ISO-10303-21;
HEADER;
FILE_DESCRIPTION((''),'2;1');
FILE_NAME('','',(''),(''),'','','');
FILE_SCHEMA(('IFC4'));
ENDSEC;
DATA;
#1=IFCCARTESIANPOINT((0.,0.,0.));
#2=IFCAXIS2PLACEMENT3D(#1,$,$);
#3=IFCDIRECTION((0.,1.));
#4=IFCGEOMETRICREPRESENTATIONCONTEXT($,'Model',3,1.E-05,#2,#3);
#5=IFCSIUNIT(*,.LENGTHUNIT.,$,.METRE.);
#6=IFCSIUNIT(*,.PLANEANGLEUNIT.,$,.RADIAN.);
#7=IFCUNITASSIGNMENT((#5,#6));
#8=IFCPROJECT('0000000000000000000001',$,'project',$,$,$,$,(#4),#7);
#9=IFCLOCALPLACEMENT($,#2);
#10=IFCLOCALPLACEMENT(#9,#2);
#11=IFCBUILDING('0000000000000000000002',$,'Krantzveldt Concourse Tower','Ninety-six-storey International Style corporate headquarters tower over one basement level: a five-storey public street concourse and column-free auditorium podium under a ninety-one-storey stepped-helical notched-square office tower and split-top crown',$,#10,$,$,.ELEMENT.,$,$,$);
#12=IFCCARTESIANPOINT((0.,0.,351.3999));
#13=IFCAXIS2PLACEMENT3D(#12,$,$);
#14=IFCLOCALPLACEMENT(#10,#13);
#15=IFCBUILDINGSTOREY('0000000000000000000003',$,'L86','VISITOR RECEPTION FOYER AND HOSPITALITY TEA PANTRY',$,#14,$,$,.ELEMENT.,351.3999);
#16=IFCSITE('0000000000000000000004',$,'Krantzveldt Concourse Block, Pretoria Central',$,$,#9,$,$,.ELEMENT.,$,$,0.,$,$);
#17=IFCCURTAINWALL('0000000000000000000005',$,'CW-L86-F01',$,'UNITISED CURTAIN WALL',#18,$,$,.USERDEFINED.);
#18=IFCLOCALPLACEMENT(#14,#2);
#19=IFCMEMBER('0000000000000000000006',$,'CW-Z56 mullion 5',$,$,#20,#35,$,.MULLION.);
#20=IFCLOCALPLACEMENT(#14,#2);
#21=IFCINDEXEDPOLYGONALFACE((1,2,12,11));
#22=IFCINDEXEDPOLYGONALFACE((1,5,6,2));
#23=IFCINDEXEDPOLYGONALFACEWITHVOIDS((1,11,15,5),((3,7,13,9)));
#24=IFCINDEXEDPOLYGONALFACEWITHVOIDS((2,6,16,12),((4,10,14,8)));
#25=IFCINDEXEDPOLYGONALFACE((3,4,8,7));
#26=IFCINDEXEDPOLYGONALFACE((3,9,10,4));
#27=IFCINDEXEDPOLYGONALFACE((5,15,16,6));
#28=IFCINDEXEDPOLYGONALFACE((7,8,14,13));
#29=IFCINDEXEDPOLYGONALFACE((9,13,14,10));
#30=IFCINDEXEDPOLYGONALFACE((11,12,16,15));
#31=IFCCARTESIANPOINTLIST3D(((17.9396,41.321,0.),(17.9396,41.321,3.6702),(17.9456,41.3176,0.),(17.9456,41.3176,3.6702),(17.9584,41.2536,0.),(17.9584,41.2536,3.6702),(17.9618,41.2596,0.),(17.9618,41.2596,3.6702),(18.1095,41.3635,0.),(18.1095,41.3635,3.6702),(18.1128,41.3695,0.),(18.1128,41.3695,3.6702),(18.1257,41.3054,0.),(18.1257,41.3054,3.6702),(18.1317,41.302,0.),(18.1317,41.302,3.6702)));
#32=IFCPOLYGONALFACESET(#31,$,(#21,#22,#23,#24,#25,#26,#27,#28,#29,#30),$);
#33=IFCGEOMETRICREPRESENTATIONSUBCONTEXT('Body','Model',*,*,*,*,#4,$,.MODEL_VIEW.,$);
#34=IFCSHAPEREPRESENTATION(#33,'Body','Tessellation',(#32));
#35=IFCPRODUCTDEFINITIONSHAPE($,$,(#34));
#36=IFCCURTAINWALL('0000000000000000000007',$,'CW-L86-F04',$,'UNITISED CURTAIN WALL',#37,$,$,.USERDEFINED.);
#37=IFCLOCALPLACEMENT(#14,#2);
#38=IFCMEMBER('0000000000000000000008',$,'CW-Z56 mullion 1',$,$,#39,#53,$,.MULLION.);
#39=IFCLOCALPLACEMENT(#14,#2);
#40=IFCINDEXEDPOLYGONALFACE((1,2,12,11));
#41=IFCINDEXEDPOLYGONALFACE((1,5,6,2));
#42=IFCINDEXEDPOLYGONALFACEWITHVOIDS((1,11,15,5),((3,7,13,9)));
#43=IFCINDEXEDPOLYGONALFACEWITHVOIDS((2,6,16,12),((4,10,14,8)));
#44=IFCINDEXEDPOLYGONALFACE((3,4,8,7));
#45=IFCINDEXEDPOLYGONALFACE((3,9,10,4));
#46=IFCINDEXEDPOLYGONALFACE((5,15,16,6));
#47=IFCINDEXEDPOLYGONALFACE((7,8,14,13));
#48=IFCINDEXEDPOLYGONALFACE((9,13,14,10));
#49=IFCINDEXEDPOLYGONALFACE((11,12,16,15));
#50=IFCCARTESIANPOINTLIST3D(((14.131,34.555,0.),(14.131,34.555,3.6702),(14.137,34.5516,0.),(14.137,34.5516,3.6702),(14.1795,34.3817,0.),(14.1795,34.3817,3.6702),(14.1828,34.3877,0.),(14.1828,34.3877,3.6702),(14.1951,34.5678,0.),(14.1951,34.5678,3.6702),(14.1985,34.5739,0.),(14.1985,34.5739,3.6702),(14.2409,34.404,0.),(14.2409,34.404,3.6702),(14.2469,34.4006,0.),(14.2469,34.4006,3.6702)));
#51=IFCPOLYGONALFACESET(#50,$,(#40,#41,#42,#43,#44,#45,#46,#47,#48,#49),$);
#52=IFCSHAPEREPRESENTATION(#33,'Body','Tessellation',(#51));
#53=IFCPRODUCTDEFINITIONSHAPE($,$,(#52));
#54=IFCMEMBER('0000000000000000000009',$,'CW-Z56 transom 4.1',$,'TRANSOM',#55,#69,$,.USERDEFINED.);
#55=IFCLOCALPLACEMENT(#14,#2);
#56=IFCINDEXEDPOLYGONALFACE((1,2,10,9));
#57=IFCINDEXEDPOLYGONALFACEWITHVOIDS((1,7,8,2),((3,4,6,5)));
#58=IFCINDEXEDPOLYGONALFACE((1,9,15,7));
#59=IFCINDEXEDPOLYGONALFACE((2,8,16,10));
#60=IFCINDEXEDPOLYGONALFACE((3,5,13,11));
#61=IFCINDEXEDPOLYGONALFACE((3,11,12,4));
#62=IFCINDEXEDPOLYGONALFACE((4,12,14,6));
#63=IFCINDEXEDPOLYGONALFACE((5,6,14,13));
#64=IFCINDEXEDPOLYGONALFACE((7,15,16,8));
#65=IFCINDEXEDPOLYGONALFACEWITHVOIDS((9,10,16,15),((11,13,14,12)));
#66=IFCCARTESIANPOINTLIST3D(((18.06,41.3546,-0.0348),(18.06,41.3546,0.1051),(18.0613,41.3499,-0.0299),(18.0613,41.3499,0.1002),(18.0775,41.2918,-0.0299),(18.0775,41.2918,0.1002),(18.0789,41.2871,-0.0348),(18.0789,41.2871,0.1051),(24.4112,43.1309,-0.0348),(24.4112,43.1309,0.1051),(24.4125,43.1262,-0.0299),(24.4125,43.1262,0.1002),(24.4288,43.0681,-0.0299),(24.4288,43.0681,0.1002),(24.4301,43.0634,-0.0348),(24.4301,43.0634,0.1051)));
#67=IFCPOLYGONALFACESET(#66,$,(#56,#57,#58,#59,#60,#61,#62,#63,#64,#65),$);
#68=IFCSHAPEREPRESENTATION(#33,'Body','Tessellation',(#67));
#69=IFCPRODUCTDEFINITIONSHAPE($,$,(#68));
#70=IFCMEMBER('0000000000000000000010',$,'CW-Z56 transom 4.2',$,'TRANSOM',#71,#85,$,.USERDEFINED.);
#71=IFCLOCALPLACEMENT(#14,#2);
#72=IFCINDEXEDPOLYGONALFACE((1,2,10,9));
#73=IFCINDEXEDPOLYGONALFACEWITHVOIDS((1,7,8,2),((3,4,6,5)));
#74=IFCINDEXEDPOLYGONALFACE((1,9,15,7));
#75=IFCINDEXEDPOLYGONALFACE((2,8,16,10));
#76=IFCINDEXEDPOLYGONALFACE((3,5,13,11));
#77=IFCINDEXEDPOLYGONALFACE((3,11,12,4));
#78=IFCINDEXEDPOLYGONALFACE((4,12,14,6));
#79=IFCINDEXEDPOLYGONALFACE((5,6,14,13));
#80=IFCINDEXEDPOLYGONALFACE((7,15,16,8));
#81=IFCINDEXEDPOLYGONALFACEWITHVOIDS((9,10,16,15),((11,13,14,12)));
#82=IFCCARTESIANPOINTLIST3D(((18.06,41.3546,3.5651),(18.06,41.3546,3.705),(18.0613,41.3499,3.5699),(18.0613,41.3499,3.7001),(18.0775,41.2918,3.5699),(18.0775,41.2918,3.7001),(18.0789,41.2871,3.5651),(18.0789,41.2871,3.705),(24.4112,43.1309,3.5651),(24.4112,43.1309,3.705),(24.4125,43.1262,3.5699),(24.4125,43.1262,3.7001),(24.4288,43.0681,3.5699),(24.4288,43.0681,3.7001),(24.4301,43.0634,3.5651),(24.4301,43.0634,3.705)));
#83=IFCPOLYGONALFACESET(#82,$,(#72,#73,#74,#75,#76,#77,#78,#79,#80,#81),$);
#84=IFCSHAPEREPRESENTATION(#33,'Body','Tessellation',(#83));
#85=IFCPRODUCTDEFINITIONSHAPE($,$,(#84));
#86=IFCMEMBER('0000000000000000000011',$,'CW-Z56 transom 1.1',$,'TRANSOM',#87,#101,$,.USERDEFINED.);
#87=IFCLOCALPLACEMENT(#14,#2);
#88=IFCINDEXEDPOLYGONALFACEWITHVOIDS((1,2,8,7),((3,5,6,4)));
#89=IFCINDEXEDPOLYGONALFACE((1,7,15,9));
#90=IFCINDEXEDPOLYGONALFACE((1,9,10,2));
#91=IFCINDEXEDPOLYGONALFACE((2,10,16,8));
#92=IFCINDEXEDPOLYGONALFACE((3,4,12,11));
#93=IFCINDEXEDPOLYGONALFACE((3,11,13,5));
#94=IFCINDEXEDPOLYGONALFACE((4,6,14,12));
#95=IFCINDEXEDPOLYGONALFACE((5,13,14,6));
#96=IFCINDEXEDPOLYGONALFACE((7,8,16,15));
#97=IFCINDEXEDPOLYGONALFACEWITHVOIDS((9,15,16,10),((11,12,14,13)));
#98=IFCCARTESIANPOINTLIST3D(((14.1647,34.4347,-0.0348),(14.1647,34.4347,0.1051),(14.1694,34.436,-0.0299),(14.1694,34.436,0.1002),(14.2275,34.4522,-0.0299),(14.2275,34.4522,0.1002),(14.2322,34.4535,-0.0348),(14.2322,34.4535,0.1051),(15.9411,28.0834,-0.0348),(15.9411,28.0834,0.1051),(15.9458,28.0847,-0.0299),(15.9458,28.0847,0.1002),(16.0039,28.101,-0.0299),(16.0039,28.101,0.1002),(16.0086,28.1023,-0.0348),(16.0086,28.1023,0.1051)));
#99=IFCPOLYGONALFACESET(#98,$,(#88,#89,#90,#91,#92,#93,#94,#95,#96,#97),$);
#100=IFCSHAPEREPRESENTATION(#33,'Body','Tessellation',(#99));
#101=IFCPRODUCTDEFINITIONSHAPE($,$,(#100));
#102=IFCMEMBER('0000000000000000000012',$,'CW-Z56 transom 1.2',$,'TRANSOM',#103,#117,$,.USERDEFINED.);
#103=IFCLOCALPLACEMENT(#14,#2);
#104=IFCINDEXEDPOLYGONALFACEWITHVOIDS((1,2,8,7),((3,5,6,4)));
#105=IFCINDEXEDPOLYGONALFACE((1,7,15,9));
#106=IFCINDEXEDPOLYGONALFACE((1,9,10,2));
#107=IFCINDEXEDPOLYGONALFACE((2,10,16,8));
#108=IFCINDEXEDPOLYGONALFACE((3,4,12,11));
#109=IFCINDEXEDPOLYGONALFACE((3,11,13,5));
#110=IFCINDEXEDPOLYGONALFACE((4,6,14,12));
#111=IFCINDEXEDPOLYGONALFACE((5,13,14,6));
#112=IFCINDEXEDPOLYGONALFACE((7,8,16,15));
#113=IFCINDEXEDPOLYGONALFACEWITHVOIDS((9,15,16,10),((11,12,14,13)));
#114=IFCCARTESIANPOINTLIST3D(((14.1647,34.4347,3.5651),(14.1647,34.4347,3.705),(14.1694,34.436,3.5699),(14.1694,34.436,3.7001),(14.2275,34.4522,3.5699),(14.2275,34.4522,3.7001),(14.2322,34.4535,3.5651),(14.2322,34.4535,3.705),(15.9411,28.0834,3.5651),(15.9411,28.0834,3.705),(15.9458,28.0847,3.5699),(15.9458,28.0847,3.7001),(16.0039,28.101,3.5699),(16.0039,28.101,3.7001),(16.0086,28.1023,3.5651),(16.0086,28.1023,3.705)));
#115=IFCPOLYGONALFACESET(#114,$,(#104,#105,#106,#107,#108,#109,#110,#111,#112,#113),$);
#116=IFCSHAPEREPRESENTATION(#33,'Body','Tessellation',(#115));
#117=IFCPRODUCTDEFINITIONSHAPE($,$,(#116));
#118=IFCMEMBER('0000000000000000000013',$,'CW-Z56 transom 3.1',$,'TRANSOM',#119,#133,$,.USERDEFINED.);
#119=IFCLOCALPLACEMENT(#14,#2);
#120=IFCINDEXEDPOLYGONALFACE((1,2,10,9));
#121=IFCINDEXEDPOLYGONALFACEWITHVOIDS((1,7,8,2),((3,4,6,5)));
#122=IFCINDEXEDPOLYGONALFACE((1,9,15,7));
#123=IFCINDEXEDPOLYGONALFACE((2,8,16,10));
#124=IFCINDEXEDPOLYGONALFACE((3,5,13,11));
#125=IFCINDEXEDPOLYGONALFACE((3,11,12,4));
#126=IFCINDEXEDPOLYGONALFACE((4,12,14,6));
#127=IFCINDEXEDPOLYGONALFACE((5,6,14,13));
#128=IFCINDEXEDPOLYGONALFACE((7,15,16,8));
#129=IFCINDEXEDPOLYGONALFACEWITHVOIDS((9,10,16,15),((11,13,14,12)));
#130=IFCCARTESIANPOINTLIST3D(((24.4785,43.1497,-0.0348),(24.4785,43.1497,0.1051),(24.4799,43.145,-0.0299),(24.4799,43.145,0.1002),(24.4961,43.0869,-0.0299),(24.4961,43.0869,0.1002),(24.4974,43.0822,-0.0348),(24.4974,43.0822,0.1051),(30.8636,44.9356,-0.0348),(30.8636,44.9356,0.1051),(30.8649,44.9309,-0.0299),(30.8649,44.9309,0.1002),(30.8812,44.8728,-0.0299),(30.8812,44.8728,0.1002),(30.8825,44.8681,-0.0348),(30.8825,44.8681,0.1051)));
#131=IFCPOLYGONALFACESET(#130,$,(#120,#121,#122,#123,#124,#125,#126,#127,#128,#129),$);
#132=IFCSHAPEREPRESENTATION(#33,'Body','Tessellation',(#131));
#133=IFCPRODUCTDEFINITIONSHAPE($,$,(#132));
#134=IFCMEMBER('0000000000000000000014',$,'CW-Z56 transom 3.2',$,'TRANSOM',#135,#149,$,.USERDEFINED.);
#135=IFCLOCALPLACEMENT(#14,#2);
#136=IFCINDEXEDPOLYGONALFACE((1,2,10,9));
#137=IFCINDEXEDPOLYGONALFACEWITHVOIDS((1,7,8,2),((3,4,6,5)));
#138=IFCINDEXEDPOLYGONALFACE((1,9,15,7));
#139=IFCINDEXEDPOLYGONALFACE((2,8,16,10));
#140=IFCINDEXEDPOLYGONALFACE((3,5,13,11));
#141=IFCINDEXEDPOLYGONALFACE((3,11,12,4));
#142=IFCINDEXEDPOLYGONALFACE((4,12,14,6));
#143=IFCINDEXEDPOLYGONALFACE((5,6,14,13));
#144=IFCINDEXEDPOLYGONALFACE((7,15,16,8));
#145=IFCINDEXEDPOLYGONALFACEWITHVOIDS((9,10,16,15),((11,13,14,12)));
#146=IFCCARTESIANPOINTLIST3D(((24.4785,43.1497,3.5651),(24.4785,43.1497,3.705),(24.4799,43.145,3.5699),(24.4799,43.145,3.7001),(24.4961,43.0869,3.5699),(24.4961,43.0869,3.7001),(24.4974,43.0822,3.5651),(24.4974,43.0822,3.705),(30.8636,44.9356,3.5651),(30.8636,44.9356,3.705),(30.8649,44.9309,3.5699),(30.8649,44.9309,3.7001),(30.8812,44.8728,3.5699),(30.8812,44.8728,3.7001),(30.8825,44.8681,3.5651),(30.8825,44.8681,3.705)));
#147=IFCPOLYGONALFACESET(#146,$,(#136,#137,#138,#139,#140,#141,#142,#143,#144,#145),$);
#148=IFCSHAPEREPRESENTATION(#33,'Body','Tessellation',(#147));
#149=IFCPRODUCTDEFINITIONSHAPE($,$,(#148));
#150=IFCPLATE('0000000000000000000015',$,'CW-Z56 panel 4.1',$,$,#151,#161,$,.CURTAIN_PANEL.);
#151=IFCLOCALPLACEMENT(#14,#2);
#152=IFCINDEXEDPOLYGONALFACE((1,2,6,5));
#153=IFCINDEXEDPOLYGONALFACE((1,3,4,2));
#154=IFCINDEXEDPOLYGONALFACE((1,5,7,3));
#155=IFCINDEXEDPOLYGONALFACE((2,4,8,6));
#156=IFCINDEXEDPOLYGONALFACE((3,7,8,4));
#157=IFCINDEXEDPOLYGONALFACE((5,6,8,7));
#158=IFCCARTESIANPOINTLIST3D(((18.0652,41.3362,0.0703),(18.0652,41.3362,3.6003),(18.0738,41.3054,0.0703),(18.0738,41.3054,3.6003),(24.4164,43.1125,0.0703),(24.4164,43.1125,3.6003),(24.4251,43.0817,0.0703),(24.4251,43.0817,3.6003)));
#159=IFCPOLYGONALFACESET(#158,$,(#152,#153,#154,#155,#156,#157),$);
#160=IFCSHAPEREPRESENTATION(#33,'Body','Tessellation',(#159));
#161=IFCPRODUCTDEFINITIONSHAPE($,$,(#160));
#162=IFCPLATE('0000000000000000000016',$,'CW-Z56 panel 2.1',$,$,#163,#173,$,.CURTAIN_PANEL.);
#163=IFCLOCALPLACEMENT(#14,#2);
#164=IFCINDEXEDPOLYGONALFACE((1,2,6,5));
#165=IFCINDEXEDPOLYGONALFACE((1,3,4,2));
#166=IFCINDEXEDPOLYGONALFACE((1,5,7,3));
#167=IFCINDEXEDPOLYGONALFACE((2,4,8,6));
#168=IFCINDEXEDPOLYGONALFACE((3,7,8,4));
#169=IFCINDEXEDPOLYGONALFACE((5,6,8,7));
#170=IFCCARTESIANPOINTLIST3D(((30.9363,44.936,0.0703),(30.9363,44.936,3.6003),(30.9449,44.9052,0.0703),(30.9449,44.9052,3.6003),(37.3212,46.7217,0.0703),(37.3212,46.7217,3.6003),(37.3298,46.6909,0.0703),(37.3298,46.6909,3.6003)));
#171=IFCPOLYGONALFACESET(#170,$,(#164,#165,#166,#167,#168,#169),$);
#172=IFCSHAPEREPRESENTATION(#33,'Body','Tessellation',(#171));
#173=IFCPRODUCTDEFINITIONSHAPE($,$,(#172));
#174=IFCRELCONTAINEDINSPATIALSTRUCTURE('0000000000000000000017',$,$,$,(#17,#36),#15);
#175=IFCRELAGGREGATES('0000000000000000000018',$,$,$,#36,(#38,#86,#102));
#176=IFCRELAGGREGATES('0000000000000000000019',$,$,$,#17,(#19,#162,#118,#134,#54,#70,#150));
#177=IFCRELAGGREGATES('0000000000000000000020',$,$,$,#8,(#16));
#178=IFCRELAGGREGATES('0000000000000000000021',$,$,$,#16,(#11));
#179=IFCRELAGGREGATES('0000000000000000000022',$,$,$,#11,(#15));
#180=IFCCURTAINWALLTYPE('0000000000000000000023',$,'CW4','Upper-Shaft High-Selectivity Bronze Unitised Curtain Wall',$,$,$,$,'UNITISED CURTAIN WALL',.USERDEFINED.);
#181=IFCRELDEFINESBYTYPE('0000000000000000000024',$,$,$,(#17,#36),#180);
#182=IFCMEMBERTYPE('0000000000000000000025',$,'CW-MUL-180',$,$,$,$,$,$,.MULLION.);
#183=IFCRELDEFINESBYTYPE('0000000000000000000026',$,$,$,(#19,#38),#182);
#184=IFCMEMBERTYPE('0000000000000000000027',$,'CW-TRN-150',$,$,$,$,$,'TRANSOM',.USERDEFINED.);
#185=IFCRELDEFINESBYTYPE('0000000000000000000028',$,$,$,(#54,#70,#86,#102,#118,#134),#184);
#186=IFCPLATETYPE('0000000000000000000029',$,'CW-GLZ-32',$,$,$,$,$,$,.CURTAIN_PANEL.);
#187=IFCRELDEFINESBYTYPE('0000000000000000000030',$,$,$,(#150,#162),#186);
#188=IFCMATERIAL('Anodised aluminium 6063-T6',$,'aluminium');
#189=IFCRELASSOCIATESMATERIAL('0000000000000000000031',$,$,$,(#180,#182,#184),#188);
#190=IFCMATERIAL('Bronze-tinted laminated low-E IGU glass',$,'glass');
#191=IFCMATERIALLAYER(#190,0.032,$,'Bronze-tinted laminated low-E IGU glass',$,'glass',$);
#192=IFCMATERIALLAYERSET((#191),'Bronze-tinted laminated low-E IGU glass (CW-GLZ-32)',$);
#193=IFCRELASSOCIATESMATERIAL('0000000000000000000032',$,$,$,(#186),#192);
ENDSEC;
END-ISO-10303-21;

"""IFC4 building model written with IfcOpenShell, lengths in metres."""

from ifc_helpers import new_model, si_unit, direction, frame, origin, origin_2d, place, context, subcontext, project, spatial, rectangle, hollow_rectangle, extrude, source, transform, mapped, material, layer, layer_set, material_profile, profile_set, type_object, type_shapes, element, aggregate, save


model = new_model("IFC4")

# Units and contexts
model_context = context("Model", 3, precision=1e-05, world=origin(), true_north=direction((0.0, 1.0)))
body_context = subcontext(model_context, "Body", "Model", "MODEL_VIEW")
ifc_project = project(units=[si_unit("LENGTHUNIT", "METRE"), si_unit("PLANEANGLEUNIT", "RADIAN")], contexts=[model_context])

# Site, building, storey
site_placement = place(None, origin())
site = spatial("IfcSite", under=ifc_project, at=site_placement, Name="Krantzveldt Concourse Block, Pretoria Central", CompositionType="ELEMENT", RefElevation=0.0)
building_placement = place(site_placement, origin())
building = spatial("IfcBuilding", under=site, at=building_placement, Name="Krantzveldt Concourse Tower", Description="Ninety-six-storey International Style corporate headquarters tower over one basement level: a five-storey public street concourse and column-free auditorium podium under a ninety-one-storey stepped-helical notched-square office tower and split-top crown", CompositionType="ELEMENT")
storey_placement = place(building_placement, frame((0.0, 0.0, 351.3999)))
storey = spatial("IfcBuildingStorey", under=building, at=storey_placement, Name="L86", Description="VISITOR RECEPTION FOYER AND HOSPITALITY TEA PANTRY", CompositionType="ELEMENT", Elevation=351.3999)

# Curtain wall, member
ifc_material_1 = material(Name="Anodised aluminium 6063-T6", Category="aluminium")
curtain_wall_type = type_object("IfcCurtainWallType", Name="CW4", Description="Upper-Shaft High-Selectivity Bronze Unitised Curtain Wall", ElementType="UNITISED CURTAIN WALL", PredefinedType="USERDEFINED", material=ifc_material_1)
curtain_wall_1_placement = place(storey_placement, origin())
curtain_wall_1 = element("IfcCurtainWall", 1, at=curtain_wall_1_placement, inside=storey, type_object=curtain_wall_type, Name="CW-L86-F01", ObjectType="UNITISED CURTAIN WALL", PredefinedType="USERDEFINED")
ifc_material_profile_1 = material_profile(ifc_material_1, hollow_rectangle(XDim=0.0701, YDim=0.1799, WallThickness=0.0049, at=origin_2d()), Name="Anodised aluminium 6063-T6", Category="aluminium")
ifc_profile_set_1 = profile_set([ifc_material_profile_1], Name="Anodised aluminium 6063-T6 - ALU-MULL 180x70x5")
member_type_1 = type_object("IfcMemberType", Name="CW-MUL-180", PredefinedType="MULLION", material=ifc_profile_set_1)
shared_shape_1 = source(origin(), body_context, "Body", "SweptSolid", [
    extrude(hollow_rectangle(XDim=0.0701, YDim=0.1799, WallThickness=0.0049, at=origin_2d()), origin(), (0.0, 0.0, 1.0), 3.6702),
])
type_shapes(member_type_1, [shared_shape_1])
member_1_placement = place(storey_placement, frame((18.0356, 41.3115, 0.0), z_axis=(0.0, 0.0, 1.0), x_axis=(0.26934, -0.963045, 0.0)))
member_1 = element("IfcMember", 2, at=member_1_placement, type_object=member_type_1, Name="CW-Z56 mullion 5", PredefinedType="MULLION", context=body_context, shape_type="MappedRepresentation", body=[
    mapped(shared_shape_1, transform((0.0, 0.0, 0.0), x_axis=(1.0, 0.0, 0.0), y_axis=(0.0, 1.0, 0.0), z_axis=(0.0, 0.0, 1.0), scale=1.0)),
])

# Curtain wall, member
curtain_wall_2_placement = place(storey_placement, origin())
curtain_wall_2 = element("IfcCurtainWall", 3, at=curtain_wall_2_placement, inside=storey, type_object=curtain_wall_type, Name="CW-L86-F04", ObjectType="UNITISED CURTAIN WALL", PredefinedType="USERDEFINED")
member_2_placement = place(storey_placement, frame((14.189, 34.4778, 0.0), z_axis=(0.0, 0.0, 1.0), x_axis=(0.963045, 0.26934, 0.0)))
member_2 = element("IfcMember", 4, at=member_2_placement, type_object=member_type_1, Name="CW-Z56 mullion 1", PredefinedType="MULLION", context=body_context, shape_type="MappedRepresentation", body=[
    mapped(shared_shape_1, transform((0.0, 0.0, 0.0), x_axis=(1.0, 0.0, 0.0), y_axis=(0.0, 1.0, 0.0), z_axis=(0.0, 0.0, 1.0), scale=1.0)),
])

# Members
ifc_material_profile_2 = material_profile(ifc_material_1, hollow_rectangle(XDim=0.0701, YDim=0.1399, WallThickness=0.0049, at=origin_2d()), Name="Anodised aluminium 6063-T6", Category="aluminium")
ifc_profile_set_2 = profile_set([ifc_material_profile_2], Name="Anodised aluminium 6063-T6 - ALU-TRAN 140x70x5")
member_type_2 = type_object("IfcMemberType", Name="CW-TRN-150", ElementType="TRANSOM", PredefinedType="USERDEFINED", material=ifc_profile_set_2)
shared_shape_2 = source(origin(), body_context, "Body", "SweptSolid", [
    extrude(hollow_rectangle(XDim=0.0701, YDim=0.1399, WallThickness=0.0049, at=origin_2d()), origin(), (0.0, 0.0, 1.0), 6.595),
])
member_3_placement = place(storey_placement, frame((24.4207, 43.0972, 0.0352), z_axis=(-0.963043, -0.269348, 0.0), x_axis=(0.269348, -0.963043, 0.0)))
member_3 = element("IfcMember", 5, at=member_3_placement, type_object=member_type_2, Name="CW-Z56 transom 4.1", ObjectType="TRANSOM", PredefinedType="USERDEFINED", context=body_context, shape_type="MappedRepresentation", body=[
    mapped(shared_shape_2, transform((0.0, 0.0, 0.0), x_axis=(1.0, 0.0, 0.0), y_axis=(0.0, 1.0, 0.0), z_axis=(0.0, 0.0, 1.0), scale=1.0)),
])
member_4_placement = place(storey_placement, frame((24.4207, 43.0972, 3.635), z_axis=(-0.963043, -0.269348, 0.0), x_axis=(0.269348, -0.963043, 0.0)))
member_4 = element("IfcMember", 6, at=member_4_placement, type_object=member_type_2, Name="CW-Z56 transom 4.2", ObjectType="TRANSOM", PredefinedType="USERDEFINED", context=body_context, shape_type="MappedRepresentation", body=[
    mapped(shared_shape_2, transform((0.0, 0.0, 0.0), x_axis=(1.0, 0.0, 0.0), y_axis=(0.0, 1.0, 0.0), z_axis=(0.0, 0.0, 1.0), scale=1.0)),
])
member_5_placement = place(storey_placement, frame((14.1985, 34.4441, 0.0352), z_axis=(0.269348, -0.963043, 0.0), x_axis=(0.963043, 0.269348, 0.0)))
member_5 = element("IfcMember", 7, at=member_5_placement, type_object=member_type_2, Name="CW-Z56 transom 1.1", ObjectType="TRANSOM", PredefinedType="USERDEFINED", context=body_context, shape_type="MappedRepresentation", body=[
    mapped(shared_shape_2, transform((0.0, 0.0, 0.0), x_axis=(1.0, 0.0, 0.0), y_axis=(0.0, 1.0, 0.0), z_axis=(0.0, 0.0, 1.0), scale=1.0)),
])
member_6_placement = place(storey_placement, frame((14.1985, 34.4441, 3.635), z_axis=(0.269348, -0.963043, 0.0), x_axis=(0.963043, 0.269348, 0.0)))
member_6 = element("IfcMember", 8, at=member_6_placement, type_object=member_type_2, Name="CW-Z56 transom 1.2", ObjectType="TRANSOM", PredefinedType="USERDEFINED", context=body_context, shape_type="MappedRepresentation", body=[
    mapped(shared_shape_2, transform((0.0, 0.0, 0.0), x_axis=(1.0, 0.0, 0.0), y_axis=(0.0, 1.0, 0.0), z_axis=(0.0, 0.0, 1.0), scale=1.0)),
])
aggregate(curtain_wall_2, [member_2, member_5, member_6])
shared_shape_3 = source(origin(), body_context, "Body", "SweptSolid", [
    extrude(hollow_rectangle(XDim=0.0701, YDim=0.1399, WallThickness=0.0049, at=origin_2d()), origin(), (0.0, 0.0, 1.0), 6.6301),
])
type_shapes(member_type_2, [shared_shape_2, shared_shape_3])
member_7_placement = place(storey_placement, frame((30.873, 44.9019, 0.0352), z_axis=(-0.963039, -0.269362, 0.0), x_axis=(0.269362, -0.963039, 0.0)))
member_7 = element("IfcMember", 9, at=member_7_placement, type_object=member_type_2, Name="CW-Z56 transom 3.1", ObjectType="TRANSOM", PredefinedType="USERDEFINED", context=body_context, shape_type="MappedRepresentation", body=[
    mapped(shared_shape_3, transform((0.0, 0.0, 0.0), x_axis=(1.0, 0.0, 0.0), y_axis=(0.0, 1.0, 0.0), z_axis=(0.0, 0.0, 1.0), scale=1.0)),
])
member_8_placement = place(storey_placement, frame((30.873, 44.9019, 3.635), z_axis=(-0.963039, -0.269362, 0.0), x_axis=(0.269362, -0.963039, 0.0)))
member_8 = element("IfcMember", 10, at=member_8_placement, type_object=member_type_2, Name="CW-Z56 transom 3.2", ObjectType="TRANSOM", PredefinedType="USERDEFINED", context=body_context, shape_type="MappedRepresentation", body=[
    mapped(shared_shape_3, transform((0.0, 0.0, 0.0), x_axis=(1.0, 0.0, 0.0), y_axis=(0.0, 1.0, 0.0), z_axis=(0.0, 0.0, 1.0), scale=1.0)),
])

# Plates
ifc_material_2 = material(Name="Bronze-tinted laminated low-E IGU glass", Category="glass")
ifc_layer_1 = layer(ifc_material_2, 0.032, Name="Bronze-tinted laminated low-E IGU glass", Category="glass")
ifc_layer_set_1 = layer_set([ifc_layer_1], Name="Bronze-tinted laminated low-E IGU glass (CW-GLZ-32)")
plate_type = type_object("IfcPlateType", Name="CW-GLZ-32", PredefinedType="CURTAIN_PANEL", material=ifc_layer_set_1)
shared_shape_4 = source(origin(), body_context, "Body", "SweptSolid", [
    extrude(rectangle(XDim=6.595, YDim=0.032, at=origin_2d()), origin(), (0.0, 0.0, 1.0), 3.53),
])
plate_1_placement = place(storey_placement, frame((21.2451, 42.209, 0.0703), z_axis=(0.0, 0.0, 1.0), x_axis=(-0.963045, -0.26934, 0.0)))
plate_1 = element("IfcPlate", 11, at=plate_1_placement, type_object=plate_type, Name="CW-Z56 panel 4.1", PredefinedType="CURTAIN_PANEL", context=body_context, shape_type="MappedRepresentation", body=[
    mapped(shared_shape_4, transform((0.0, 0.0, 0.0), x_axis=(1.0, 0.0, 0.0), y_axis=(0.0, 1.0, 0.0), z_axis=(0.0, 0.0, 1.0), scale=1.0)),
])
shared_shape_5 = source(origin(), body_context, "Body", "SweptSolid", [
    extrude(rectangle(XDim=6.6299, YDim=0.032, at=origin_2d()), origin(), (0.0, 0.0, 1.0), 3.53),
])
type_shapes(plate_type, [shared_shape_4, shared_shape_5])
plate_2_placement = place(storey_placement, frame((34.1331, 45.8135, 0.0703), z_axis=(0.0, 0.0, 1.0), x_axis=(-0.963045, -0.26934, 0.0)))
plate_2 = element("IfcPlate", 12, at=plate_2_placement, type_object=plate_type, Name="CW-Z56 panel 2.1", PredefinedType="CURTAIN_PANEL", context=body_context, shape_type="MappedRepresentation", body=[
    mapped(shared_shape_5, transform((0.0, 0.0, 0.0), x_axis=(1.0, 0.0, 0.0), y_axis=(0.0, 1.0, 0.0), z_axis=(0.0, 0.0, 1.0), scale=1.0)),
])
aggregate(curtain_wall_1, [member_1, plate_2, member_7, member_8, member_3, member_4, plate_1])

save(model, "model.ifc")
